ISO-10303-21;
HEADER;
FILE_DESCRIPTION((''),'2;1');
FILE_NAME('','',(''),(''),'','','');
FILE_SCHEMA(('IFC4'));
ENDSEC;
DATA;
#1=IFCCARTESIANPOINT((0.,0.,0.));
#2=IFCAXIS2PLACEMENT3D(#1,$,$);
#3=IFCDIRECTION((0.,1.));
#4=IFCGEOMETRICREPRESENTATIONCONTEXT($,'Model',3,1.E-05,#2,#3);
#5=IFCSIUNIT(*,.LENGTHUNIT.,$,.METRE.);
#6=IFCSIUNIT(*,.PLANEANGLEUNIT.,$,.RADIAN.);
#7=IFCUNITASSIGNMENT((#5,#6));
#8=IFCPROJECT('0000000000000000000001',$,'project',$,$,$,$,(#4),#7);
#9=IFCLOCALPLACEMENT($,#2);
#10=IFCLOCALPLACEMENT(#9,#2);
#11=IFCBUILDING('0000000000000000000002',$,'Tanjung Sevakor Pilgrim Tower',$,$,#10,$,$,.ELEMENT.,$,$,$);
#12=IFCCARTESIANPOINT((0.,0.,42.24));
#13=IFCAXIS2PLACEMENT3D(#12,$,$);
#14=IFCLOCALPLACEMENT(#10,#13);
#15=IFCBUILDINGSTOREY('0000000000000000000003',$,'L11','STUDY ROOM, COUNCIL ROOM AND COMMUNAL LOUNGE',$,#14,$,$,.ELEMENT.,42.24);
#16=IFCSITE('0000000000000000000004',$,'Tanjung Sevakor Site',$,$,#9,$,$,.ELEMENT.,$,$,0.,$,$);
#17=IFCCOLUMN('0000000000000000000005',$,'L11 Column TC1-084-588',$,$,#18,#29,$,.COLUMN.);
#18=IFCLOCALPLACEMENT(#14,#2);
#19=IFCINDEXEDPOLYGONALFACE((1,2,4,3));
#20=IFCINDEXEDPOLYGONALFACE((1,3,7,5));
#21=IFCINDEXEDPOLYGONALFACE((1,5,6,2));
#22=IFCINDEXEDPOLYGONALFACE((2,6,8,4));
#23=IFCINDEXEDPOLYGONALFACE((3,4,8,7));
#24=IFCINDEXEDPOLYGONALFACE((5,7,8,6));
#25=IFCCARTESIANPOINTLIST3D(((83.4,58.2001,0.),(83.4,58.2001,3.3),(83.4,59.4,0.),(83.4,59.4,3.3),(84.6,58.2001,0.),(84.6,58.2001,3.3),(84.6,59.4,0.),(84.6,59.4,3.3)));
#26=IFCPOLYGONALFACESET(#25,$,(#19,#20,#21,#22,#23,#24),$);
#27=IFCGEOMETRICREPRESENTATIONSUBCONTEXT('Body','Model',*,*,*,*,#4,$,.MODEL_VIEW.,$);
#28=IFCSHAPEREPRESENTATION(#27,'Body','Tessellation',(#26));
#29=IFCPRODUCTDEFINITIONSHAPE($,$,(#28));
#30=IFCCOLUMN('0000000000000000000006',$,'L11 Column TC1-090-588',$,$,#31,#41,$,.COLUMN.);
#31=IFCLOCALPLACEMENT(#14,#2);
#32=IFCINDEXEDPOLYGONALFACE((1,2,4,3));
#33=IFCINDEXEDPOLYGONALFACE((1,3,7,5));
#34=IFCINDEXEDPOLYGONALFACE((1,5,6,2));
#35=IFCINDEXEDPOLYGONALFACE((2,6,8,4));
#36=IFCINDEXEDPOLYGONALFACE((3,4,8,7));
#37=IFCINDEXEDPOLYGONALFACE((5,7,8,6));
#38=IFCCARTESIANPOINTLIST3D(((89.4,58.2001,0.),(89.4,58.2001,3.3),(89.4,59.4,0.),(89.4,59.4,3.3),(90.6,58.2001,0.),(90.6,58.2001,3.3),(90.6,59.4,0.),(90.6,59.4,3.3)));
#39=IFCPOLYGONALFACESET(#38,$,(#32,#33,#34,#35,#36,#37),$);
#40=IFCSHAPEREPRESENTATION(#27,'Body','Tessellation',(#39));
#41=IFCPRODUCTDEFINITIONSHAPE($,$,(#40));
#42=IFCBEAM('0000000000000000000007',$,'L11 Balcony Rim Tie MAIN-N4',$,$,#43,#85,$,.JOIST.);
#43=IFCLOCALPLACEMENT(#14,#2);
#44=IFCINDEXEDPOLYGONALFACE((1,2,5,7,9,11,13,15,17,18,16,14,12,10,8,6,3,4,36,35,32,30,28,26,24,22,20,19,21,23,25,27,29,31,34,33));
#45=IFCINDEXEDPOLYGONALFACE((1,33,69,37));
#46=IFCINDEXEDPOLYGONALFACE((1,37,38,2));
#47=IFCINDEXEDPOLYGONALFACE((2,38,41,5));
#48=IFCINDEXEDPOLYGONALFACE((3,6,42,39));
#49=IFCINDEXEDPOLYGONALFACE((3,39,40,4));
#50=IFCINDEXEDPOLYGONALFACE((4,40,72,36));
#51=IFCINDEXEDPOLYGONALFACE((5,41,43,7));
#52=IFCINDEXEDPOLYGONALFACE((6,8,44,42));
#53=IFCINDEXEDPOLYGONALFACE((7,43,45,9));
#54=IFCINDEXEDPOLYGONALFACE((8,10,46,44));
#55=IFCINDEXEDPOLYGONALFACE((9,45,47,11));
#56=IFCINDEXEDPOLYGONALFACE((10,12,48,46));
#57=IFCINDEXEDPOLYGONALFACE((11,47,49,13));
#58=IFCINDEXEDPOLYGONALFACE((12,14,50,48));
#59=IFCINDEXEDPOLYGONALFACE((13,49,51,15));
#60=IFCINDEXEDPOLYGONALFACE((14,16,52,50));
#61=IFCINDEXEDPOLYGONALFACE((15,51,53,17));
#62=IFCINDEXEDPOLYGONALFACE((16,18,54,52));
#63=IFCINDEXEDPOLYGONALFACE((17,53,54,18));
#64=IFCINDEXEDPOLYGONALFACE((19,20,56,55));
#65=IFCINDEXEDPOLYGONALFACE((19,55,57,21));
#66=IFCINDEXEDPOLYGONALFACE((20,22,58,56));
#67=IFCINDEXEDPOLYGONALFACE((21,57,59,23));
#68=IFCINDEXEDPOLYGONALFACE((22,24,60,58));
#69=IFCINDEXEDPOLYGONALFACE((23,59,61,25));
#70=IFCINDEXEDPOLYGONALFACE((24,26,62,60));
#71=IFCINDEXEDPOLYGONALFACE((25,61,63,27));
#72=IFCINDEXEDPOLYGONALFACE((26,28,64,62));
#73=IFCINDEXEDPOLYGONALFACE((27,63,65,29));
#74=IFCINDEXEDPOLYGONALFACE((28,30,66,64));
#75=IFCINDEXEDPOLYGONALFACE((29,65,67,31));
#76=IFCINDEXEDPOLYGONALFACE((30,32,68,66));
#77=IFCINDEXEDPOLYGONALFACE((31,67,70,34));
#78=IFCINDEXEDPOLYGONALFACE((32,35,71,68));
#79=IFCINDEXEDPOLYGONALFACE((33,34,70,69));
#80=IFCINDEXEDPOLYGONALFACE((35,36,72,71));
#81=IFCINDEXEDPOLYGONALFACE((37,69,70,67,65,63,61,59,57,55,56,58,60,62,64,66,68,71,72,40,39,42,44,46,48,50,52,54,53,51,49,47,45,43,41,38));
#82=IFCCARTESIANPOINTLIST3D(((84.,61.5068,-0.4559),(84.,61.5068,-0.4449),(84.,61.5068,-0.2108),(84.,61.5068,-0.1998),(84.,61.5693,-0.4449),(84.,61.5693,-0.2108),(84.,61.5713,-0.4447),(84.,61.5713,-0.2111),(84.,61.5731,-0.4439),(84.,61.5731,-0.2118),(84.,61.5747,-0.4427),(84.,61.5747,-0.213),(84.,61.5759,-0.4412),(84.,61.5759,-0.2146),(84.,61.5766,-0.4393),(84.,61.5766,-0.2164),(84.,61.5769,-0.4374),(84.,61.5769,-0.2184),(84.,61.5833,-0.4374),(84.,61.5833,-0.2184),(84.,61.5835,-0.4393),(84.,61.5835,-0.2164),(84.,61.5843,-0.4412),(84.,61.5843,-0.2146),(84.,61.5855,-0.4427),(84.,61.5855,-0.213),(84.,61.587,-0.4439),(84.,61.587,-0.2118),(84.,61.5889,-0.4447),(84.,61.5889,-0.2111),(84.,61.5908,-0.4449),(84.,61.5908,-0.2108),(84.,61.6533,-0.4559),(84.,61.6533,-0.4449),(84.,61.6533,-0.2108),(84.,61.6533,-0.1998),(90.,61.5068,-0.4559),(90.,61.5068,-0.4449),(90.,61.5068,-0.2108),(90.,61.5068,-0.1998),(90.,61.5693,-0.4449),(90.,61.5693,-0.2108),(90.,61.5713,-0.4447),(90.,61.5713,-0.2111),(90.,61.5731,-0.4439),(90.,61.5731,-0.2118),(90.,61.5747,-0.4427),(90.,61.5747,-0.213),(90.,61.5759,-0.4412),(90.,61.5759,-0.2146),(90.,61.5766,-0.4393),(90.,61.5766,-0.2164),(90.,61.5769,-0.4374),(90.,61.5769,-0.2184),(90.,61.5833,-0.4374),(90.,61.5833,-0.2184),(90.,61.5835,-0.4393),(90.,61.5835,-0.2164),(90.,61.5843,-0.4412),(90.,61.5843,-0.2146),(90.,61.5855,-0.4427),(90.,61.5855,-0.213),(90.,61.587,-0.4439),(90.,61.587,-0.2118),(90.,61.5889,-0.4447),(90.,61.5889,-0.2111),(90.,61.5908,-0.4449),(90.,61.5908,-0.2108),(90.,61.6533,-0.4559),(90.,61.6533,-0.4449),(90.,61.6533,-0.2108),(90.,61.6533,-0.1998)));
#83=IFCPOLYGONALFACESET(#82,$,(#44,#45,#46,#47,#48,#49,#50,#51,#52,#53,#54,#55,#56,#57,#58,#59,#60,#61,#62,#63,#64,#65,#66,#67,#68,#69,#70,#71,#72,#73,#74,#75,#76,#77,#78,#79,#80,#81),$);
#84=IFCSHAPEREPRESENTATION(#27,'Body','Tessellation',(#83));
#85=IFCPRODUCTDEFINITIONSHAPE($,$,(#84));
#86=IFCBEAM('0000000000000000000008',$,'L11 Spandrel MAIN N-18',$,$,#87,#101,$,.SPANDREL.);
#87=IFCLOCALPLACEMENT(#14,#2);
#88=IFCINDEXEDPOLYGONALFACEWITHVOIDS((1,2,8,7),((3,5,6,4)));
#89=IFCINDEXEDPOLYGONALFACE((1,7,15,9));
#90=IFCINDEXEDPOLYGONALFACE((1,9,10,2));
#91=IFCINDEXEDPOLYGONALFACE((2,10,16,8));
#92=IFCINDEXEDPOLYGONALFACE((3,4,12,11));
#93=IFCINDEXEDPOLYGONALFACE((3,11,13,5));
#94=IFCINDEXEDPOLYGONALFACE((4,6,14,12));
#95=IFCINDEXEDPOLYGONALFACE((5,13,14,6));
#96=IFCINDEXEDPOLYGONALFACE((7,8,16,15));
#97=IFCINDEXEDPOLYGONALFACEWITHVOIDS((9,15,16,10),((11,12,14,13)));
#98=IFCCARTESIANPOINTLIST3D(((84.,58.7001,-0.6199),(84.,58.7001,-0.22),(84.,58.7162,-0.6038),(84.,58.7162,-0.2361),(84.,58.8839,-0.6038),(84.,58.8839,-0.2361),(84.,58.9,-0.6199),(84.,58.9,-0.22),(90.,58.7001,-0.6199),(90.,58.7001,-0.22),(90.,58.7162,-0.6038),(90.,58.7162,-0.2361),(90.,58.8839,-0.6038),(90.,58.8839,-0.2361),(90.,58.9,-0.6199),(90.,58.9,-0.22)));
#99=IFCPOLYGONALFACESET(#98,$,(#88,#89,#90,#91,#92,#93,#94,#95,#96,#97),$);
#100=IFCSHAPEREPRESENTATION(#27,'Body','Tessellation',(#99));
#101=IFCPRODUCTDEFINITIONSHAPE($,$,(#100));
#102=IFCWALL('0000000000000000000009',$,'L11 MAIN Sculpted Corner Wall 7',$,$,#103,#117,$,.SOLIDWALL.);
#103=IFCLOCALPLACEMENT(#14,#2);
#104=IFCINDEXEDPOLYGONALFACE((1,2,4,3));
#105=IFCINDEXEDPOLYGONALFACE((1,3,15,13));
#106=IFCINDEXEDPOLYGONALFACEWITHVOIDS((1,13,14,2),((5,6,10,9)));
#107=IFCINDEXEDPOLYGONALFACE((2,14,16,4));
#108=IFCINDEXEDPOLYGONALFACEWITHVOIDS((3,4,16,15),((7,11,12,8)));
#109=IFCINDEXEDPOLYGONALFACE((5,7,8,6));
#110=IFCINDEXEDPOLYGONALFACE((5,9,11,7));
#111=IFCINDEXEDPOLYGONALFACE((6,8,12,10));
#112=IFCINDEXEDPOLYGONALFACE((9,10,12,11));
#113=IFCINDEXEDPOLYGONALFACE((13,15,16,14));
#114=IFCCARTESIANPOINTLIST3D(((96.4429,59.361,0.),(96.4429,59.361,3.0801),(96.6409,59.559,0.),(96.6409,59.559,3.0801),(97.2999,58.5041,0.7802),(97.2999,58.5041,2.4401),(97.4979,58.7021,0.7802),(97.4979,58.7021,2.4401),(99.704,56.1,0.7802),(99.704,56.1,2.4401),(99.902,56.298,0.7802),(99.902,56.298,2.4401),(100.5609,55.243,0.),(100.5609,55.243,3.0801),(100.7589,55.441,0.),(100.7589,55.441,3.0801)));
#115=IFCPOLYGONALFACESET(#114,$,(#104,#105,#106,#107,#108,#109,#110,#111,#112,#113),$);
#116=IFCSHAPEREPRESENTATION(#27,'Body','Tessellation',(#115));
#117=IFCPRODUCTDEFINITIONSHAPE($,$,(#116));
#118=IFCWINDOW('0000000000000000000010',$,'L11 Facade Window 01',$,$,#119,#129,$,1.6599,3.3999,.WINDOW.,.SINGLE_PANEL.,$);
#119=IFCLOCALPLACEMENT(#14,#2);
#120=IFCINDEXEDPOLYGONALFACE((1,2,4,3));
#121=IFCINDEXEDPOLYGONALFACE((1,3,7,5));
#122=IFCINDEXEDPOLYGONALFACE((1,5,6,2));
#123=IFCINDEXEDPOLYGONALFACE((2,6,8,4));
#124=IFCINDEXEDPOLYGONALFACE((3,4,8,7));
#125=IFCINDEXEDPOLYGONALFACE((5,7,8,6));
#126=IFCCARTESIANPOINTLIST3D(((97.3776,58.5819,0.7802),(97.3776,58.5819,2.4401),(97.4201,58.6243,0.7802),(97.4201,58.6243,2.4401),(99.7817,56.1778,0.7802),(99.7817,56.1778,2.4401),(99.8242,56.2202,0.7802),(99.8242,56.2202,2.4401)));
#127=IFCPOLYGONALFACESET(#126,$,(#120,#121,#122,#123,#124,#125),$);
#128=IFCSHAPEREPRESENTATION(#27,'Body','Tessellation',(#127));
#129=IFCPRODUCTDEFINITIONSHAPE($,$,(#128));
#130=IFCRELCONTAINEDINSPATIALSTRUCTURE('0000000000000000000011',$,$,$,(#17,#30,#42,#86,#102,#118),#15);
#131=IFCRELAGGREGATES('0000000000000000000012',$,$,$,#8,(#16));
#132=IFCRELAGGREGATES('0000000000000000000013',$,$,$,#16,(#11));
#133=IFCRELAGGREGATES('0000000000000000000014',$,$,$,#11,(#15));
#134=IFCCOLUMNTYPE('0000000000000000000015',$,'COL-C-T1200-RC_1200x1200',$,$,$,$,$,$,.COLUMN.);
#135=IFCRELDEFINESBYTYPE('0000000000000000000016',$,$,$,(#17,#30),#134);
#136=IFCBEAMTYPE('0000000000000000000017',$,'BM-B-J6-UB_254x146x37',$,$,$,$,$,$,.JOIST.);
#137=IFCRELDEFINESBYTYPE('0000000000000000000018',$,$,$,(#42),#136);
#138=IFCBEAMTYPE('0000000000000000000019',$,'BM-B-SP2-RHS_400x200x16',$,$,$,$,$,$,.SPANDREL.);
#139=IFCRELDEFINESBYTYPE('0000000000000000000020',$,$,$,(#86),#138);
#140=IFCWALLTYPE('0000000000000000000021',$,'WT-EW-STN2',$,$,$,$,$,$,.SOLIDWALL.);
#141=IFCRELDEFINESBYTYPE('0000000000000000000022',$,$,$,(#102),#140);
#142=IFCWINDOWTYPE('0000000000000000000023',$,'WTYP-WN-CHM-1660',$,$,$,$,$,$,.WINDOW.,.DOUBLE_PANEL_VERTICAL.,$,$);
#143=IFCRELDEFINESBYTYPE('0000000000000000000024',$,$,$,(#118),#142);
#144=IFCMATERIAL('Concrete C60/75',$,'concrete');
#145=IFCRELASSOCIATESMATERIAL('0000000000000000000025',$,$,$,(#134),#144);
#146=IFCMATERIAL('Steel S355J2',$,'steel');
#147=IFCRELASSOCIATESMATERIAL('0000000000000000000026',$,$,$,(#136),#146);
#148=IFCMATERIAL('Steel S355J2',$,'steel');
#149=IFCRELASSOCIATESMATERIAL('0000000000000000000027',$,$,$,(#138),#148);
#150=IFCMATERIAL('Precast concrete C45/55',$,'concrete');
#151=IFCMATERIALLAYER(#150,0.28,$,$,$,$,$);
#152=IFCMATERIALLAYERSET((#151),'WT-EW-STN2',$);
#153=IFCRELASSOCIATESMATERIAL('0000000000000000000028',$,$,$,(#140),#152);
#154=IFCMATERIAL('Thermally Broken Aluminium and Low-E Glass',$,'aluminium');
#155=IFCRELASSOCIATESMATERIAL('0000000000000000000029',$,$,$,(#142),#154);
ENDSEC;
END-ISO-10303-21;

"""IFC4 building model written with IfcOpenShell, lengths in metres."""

from ifc_helpers import new_model, si_unit, direction, frame, frame_2d, origin, origin_2d, place, context, subcontext, project, spatial, rectangle, hollow_rectangle, i_section, extrude, material, layer, layer_set, material_profile, profile_set, type_object, element, fill, save


model = new_model("IFC4")

# Units and contexts
model_context = context("Model", 3, precision=1e-05, world=origin(), true_north=direction((0.0, 1.0)))
body_context = subcontext(model_context, "Body", "Model", "MODEL_VIEW")
ifc_project = project(units=[si_unit("LENGTHUNIT", "METRE"), si_unit("PLANEANGLEUNIT", "RADIAN")], contexts=[model_context])

# Site, building, storey
site_placement = place(None, origin())
site = spatial("IfcSite", under=ifc_project, at=site_placement, Name="Tanjung Sevakor Site", CompositionType="ELEMENT", RefElevation=0.0)
building_placement = place(site_placement, origin())
building = spatial("IfcBuilding", under=site, at=building_placement, Name="Tanjung Sevakor Pilgrim Tower", CompositionType="ELEMENT")
storey_placement = place(building_placement, frame((0.0, 0.0, 42.24)))
storey = spatial("IfcBuildingStorey", under=building, at=storey_placement, Name="L11", Description="STUDY ROOM, COUNCIL ROOM AND COMMUNAL LOUNGE", CompositionType="ELEMENT", Elevation=42.24)

# Columns
ifc_material_1 = material(Name="Concrete C60/75", Category="concrete")
ifc_material_profile_1 = material_profile(ifc_material_1, rectangle(XDim=1.2, YDim=1.2, at=origin_2d()))
ifc_profile_set_1 = profile_set([ifc_material_profile_1], Name="Concrete C60/75")
column_type = type_object("IfcColumnType", Name="COL-C-T1200-RC_1200x1200", PredefinedType="COLUMN", material=ifc_profile_set_1)
for number, where, z_axis, x_axis, name in (
    (1, (84.0, 58.8, 0.0), (0.0, 0.0, 1.0), (1.0, 0.0, 0.0), "L11 Column TC1-084-588"),
    (2, (90.0, 58.8, 0.0), (0.0, 0.0, 1.0), (1.0, 0.0, 0.0), "L11 Column TC1-090-588"),
):
    element("IfcColumn", number, at=place(storey_placement, frame(where, z_axis=z_axis, x_axis=x_axis)), inside=storey, type_object=column_type, Name=name, PredefinedType="COLUMN", context=body_context, shape_type="SweptSolid", body=[
        extrude(rectangle(XDim=1.2, YDim=1.2, at=origin_2d()), origin(), (0.0, 0.0, 1.0), 3.3),
    ])

# Beams
ifc_material_2 = material(Name="Steel S355J2", Category="steel")
ifc_material_profile_2 = material_profile(ifc_material_2, i_section(OverallWidth=0.1465, OverallDepth=0.2561, WebThickness=0.0063, FlangeThickness=0.011, FilletRadius=0.0076, at=origin_2d()))
ifc_profile_set_2 = profile_set([ifc_material_profile_2], Name="Steel S355J2")
beam_type_1 = type_object("IfcBeamType", Name="BM-B-J6-UB_254x146x37", PredefinedType="JOIST", material=ifc_profile_set_2)
beam_1_placement = place(storey_placement, frame((84.0, 61.5801, -0.3279), z_axis=(1.0, 0.0, 0.0), x_axis=(0.0, 1.0, 0.0)))
element("IfcBeam", 3, at=beam_1_placement, inside=storey, type_object=beam_type_1, Name="L11 Balcony Rim Tie MAIN-N4", PredefinedType="JOIST", context=body_context, shape_type="SweptSolid", body=[
    extrude(i_section(OverallWidth=0.1465, OverallDepth=0.2561, WebThickness=0.0063, FlangeThickness=0.011, FilletRadius=0.0076, at=origin_2d()), origin(), (0.0, 0.0, 1.0), 6.0),
])
ifc_material_3 = material(Name="Steel S355J2", Category="steel")
ifc_material_profile_3 = material_profile(ifc_material_3, hollow_rectangle(XDim=0.2, YDim=0.3999, WallThickness=0.0161, at=origin_2d()))
ifc_profile_set_3 = profile_set([ifc_material_profile_3], Name="Steel S355J2")
beam_type_2 = type_object("IfcBeamType", Name="BM-B-SP2-RHS_400x200x16", PredefinedType="SPANDREL", material=ifc_profile_set_3)
beam_2_placement = place(storey_placement, frame((84.0, 58.8, -0.4199), z_axis=(1.0, 0.0, 0.0), x_axis=(0.0, 1.0, 0.0)))
element("IfcBeam", 4, at=beam_2_placement, inside=storey, type_object=beam_type_2, Name="L11 Spandrel MAIN N-18", PredefinedType="SPANDREL", context=body_context, shape_type="SweptSolid", body=[
    extrude(hollow_rectangle(XDim=0.2, YDim=0.3999, WallThickness=0.0161, at=origin_2d()), origin(), (0.0, 0.0, 1.0), 6.0),
])

# Wall, opening, window
ifc_material_4 = material(Name="Precast concrete C45/55", Category="concrete")
ifc_layer_1 = layer(ifc_material_4, 0.28)
ifc_layer_set_1 = layer_set([ifc_layer_1], Name="WT-EW-STN2")
wall_type_1 = type_object("IfcWallType", Name="WT-EW-STN2", PredefinedType="SOLIDWALL", material=ifc_layer_set_1)
wall_1_placement = place(storey_placement, frame((100.6599, 55.342, 0.0), z_axis=(0.0, 0.0, 1.0), x_axis=(-0.707107, 0.707107, 0.0)))
wall_1 = element("IfcWall", 5, at=wall_1_placement, inside=storey, type_object=wall_type_1, Name="L11 MAIN Sculpted Corner Wall 7", PredefinedType="SOLIDWALL", context=body_context, shape_type="SweptSolid", body=[
    extrude(rectangle(XDim=5.8237, YDim=0.28, at=frame_2d((2.9119, 0.0))), origin(), (0.0, 0.0, 1.0), 3.0801),
])
opening_1_placement = place(wall_1_placement, frame((1.2119, 0.0, 0.78)))
opening_1 = element("IfcOpeningElement", 6, at=opening_1_placement, cuts=wall_1, PredefinedType="OPENING", context=body_context, shape_type="SweptSolid", body=[
    extrude(rectangle(XDim=3.3999, YDim=1.6599, at=frame_2d((1.7, 0.8301))), frame((0.0, 0.1499, 0.0), z_axis=(0.0, -1.0, 0.0), x_axis=(1.0, 0.0, 0.0)), (0.0, 0.0, 1.0), 0.3),
])
ifc_material_5 = material(Name="Thermally Broken Aluminium and Low-E Glass", Category="aluminium")
window_type_1 = type_object("IfcWindowType", Name="WTYP-WN-CHM-1660", PartitioningType="DOUBLE_PANEL_VERTICAL", PredefinedType="WINDOW", material=ifc_material_5)
window_1_placement = place(opening_1_placement, origin())
window_1 = element("IfcWindow", 7, at=window_1_placement, inside=storey, type_object=window_type_1, Name="L11 Facade Window 01", OverallHeight=1.6599, OverallWidth=3.3999, PartitioningType="SINGLE_PANEL", PredefinedType="WINDOW", context=body_context, shape_type="SweptSolid", body=[
    extrude(rectangle(XDim=3.3999, YDim=1.6599, at=frame_2d((1.7, 0.8301))), frame((0.0, 0.03, 0.0), z_axis=(0.0, -1.0, 0.0), x_axis=(1.0, 0.0, 0.0)), (0.0, 0.0, 1.0), 0.0601),
])
fill(opening_1, window_1)

save(model, "model.ifc")
